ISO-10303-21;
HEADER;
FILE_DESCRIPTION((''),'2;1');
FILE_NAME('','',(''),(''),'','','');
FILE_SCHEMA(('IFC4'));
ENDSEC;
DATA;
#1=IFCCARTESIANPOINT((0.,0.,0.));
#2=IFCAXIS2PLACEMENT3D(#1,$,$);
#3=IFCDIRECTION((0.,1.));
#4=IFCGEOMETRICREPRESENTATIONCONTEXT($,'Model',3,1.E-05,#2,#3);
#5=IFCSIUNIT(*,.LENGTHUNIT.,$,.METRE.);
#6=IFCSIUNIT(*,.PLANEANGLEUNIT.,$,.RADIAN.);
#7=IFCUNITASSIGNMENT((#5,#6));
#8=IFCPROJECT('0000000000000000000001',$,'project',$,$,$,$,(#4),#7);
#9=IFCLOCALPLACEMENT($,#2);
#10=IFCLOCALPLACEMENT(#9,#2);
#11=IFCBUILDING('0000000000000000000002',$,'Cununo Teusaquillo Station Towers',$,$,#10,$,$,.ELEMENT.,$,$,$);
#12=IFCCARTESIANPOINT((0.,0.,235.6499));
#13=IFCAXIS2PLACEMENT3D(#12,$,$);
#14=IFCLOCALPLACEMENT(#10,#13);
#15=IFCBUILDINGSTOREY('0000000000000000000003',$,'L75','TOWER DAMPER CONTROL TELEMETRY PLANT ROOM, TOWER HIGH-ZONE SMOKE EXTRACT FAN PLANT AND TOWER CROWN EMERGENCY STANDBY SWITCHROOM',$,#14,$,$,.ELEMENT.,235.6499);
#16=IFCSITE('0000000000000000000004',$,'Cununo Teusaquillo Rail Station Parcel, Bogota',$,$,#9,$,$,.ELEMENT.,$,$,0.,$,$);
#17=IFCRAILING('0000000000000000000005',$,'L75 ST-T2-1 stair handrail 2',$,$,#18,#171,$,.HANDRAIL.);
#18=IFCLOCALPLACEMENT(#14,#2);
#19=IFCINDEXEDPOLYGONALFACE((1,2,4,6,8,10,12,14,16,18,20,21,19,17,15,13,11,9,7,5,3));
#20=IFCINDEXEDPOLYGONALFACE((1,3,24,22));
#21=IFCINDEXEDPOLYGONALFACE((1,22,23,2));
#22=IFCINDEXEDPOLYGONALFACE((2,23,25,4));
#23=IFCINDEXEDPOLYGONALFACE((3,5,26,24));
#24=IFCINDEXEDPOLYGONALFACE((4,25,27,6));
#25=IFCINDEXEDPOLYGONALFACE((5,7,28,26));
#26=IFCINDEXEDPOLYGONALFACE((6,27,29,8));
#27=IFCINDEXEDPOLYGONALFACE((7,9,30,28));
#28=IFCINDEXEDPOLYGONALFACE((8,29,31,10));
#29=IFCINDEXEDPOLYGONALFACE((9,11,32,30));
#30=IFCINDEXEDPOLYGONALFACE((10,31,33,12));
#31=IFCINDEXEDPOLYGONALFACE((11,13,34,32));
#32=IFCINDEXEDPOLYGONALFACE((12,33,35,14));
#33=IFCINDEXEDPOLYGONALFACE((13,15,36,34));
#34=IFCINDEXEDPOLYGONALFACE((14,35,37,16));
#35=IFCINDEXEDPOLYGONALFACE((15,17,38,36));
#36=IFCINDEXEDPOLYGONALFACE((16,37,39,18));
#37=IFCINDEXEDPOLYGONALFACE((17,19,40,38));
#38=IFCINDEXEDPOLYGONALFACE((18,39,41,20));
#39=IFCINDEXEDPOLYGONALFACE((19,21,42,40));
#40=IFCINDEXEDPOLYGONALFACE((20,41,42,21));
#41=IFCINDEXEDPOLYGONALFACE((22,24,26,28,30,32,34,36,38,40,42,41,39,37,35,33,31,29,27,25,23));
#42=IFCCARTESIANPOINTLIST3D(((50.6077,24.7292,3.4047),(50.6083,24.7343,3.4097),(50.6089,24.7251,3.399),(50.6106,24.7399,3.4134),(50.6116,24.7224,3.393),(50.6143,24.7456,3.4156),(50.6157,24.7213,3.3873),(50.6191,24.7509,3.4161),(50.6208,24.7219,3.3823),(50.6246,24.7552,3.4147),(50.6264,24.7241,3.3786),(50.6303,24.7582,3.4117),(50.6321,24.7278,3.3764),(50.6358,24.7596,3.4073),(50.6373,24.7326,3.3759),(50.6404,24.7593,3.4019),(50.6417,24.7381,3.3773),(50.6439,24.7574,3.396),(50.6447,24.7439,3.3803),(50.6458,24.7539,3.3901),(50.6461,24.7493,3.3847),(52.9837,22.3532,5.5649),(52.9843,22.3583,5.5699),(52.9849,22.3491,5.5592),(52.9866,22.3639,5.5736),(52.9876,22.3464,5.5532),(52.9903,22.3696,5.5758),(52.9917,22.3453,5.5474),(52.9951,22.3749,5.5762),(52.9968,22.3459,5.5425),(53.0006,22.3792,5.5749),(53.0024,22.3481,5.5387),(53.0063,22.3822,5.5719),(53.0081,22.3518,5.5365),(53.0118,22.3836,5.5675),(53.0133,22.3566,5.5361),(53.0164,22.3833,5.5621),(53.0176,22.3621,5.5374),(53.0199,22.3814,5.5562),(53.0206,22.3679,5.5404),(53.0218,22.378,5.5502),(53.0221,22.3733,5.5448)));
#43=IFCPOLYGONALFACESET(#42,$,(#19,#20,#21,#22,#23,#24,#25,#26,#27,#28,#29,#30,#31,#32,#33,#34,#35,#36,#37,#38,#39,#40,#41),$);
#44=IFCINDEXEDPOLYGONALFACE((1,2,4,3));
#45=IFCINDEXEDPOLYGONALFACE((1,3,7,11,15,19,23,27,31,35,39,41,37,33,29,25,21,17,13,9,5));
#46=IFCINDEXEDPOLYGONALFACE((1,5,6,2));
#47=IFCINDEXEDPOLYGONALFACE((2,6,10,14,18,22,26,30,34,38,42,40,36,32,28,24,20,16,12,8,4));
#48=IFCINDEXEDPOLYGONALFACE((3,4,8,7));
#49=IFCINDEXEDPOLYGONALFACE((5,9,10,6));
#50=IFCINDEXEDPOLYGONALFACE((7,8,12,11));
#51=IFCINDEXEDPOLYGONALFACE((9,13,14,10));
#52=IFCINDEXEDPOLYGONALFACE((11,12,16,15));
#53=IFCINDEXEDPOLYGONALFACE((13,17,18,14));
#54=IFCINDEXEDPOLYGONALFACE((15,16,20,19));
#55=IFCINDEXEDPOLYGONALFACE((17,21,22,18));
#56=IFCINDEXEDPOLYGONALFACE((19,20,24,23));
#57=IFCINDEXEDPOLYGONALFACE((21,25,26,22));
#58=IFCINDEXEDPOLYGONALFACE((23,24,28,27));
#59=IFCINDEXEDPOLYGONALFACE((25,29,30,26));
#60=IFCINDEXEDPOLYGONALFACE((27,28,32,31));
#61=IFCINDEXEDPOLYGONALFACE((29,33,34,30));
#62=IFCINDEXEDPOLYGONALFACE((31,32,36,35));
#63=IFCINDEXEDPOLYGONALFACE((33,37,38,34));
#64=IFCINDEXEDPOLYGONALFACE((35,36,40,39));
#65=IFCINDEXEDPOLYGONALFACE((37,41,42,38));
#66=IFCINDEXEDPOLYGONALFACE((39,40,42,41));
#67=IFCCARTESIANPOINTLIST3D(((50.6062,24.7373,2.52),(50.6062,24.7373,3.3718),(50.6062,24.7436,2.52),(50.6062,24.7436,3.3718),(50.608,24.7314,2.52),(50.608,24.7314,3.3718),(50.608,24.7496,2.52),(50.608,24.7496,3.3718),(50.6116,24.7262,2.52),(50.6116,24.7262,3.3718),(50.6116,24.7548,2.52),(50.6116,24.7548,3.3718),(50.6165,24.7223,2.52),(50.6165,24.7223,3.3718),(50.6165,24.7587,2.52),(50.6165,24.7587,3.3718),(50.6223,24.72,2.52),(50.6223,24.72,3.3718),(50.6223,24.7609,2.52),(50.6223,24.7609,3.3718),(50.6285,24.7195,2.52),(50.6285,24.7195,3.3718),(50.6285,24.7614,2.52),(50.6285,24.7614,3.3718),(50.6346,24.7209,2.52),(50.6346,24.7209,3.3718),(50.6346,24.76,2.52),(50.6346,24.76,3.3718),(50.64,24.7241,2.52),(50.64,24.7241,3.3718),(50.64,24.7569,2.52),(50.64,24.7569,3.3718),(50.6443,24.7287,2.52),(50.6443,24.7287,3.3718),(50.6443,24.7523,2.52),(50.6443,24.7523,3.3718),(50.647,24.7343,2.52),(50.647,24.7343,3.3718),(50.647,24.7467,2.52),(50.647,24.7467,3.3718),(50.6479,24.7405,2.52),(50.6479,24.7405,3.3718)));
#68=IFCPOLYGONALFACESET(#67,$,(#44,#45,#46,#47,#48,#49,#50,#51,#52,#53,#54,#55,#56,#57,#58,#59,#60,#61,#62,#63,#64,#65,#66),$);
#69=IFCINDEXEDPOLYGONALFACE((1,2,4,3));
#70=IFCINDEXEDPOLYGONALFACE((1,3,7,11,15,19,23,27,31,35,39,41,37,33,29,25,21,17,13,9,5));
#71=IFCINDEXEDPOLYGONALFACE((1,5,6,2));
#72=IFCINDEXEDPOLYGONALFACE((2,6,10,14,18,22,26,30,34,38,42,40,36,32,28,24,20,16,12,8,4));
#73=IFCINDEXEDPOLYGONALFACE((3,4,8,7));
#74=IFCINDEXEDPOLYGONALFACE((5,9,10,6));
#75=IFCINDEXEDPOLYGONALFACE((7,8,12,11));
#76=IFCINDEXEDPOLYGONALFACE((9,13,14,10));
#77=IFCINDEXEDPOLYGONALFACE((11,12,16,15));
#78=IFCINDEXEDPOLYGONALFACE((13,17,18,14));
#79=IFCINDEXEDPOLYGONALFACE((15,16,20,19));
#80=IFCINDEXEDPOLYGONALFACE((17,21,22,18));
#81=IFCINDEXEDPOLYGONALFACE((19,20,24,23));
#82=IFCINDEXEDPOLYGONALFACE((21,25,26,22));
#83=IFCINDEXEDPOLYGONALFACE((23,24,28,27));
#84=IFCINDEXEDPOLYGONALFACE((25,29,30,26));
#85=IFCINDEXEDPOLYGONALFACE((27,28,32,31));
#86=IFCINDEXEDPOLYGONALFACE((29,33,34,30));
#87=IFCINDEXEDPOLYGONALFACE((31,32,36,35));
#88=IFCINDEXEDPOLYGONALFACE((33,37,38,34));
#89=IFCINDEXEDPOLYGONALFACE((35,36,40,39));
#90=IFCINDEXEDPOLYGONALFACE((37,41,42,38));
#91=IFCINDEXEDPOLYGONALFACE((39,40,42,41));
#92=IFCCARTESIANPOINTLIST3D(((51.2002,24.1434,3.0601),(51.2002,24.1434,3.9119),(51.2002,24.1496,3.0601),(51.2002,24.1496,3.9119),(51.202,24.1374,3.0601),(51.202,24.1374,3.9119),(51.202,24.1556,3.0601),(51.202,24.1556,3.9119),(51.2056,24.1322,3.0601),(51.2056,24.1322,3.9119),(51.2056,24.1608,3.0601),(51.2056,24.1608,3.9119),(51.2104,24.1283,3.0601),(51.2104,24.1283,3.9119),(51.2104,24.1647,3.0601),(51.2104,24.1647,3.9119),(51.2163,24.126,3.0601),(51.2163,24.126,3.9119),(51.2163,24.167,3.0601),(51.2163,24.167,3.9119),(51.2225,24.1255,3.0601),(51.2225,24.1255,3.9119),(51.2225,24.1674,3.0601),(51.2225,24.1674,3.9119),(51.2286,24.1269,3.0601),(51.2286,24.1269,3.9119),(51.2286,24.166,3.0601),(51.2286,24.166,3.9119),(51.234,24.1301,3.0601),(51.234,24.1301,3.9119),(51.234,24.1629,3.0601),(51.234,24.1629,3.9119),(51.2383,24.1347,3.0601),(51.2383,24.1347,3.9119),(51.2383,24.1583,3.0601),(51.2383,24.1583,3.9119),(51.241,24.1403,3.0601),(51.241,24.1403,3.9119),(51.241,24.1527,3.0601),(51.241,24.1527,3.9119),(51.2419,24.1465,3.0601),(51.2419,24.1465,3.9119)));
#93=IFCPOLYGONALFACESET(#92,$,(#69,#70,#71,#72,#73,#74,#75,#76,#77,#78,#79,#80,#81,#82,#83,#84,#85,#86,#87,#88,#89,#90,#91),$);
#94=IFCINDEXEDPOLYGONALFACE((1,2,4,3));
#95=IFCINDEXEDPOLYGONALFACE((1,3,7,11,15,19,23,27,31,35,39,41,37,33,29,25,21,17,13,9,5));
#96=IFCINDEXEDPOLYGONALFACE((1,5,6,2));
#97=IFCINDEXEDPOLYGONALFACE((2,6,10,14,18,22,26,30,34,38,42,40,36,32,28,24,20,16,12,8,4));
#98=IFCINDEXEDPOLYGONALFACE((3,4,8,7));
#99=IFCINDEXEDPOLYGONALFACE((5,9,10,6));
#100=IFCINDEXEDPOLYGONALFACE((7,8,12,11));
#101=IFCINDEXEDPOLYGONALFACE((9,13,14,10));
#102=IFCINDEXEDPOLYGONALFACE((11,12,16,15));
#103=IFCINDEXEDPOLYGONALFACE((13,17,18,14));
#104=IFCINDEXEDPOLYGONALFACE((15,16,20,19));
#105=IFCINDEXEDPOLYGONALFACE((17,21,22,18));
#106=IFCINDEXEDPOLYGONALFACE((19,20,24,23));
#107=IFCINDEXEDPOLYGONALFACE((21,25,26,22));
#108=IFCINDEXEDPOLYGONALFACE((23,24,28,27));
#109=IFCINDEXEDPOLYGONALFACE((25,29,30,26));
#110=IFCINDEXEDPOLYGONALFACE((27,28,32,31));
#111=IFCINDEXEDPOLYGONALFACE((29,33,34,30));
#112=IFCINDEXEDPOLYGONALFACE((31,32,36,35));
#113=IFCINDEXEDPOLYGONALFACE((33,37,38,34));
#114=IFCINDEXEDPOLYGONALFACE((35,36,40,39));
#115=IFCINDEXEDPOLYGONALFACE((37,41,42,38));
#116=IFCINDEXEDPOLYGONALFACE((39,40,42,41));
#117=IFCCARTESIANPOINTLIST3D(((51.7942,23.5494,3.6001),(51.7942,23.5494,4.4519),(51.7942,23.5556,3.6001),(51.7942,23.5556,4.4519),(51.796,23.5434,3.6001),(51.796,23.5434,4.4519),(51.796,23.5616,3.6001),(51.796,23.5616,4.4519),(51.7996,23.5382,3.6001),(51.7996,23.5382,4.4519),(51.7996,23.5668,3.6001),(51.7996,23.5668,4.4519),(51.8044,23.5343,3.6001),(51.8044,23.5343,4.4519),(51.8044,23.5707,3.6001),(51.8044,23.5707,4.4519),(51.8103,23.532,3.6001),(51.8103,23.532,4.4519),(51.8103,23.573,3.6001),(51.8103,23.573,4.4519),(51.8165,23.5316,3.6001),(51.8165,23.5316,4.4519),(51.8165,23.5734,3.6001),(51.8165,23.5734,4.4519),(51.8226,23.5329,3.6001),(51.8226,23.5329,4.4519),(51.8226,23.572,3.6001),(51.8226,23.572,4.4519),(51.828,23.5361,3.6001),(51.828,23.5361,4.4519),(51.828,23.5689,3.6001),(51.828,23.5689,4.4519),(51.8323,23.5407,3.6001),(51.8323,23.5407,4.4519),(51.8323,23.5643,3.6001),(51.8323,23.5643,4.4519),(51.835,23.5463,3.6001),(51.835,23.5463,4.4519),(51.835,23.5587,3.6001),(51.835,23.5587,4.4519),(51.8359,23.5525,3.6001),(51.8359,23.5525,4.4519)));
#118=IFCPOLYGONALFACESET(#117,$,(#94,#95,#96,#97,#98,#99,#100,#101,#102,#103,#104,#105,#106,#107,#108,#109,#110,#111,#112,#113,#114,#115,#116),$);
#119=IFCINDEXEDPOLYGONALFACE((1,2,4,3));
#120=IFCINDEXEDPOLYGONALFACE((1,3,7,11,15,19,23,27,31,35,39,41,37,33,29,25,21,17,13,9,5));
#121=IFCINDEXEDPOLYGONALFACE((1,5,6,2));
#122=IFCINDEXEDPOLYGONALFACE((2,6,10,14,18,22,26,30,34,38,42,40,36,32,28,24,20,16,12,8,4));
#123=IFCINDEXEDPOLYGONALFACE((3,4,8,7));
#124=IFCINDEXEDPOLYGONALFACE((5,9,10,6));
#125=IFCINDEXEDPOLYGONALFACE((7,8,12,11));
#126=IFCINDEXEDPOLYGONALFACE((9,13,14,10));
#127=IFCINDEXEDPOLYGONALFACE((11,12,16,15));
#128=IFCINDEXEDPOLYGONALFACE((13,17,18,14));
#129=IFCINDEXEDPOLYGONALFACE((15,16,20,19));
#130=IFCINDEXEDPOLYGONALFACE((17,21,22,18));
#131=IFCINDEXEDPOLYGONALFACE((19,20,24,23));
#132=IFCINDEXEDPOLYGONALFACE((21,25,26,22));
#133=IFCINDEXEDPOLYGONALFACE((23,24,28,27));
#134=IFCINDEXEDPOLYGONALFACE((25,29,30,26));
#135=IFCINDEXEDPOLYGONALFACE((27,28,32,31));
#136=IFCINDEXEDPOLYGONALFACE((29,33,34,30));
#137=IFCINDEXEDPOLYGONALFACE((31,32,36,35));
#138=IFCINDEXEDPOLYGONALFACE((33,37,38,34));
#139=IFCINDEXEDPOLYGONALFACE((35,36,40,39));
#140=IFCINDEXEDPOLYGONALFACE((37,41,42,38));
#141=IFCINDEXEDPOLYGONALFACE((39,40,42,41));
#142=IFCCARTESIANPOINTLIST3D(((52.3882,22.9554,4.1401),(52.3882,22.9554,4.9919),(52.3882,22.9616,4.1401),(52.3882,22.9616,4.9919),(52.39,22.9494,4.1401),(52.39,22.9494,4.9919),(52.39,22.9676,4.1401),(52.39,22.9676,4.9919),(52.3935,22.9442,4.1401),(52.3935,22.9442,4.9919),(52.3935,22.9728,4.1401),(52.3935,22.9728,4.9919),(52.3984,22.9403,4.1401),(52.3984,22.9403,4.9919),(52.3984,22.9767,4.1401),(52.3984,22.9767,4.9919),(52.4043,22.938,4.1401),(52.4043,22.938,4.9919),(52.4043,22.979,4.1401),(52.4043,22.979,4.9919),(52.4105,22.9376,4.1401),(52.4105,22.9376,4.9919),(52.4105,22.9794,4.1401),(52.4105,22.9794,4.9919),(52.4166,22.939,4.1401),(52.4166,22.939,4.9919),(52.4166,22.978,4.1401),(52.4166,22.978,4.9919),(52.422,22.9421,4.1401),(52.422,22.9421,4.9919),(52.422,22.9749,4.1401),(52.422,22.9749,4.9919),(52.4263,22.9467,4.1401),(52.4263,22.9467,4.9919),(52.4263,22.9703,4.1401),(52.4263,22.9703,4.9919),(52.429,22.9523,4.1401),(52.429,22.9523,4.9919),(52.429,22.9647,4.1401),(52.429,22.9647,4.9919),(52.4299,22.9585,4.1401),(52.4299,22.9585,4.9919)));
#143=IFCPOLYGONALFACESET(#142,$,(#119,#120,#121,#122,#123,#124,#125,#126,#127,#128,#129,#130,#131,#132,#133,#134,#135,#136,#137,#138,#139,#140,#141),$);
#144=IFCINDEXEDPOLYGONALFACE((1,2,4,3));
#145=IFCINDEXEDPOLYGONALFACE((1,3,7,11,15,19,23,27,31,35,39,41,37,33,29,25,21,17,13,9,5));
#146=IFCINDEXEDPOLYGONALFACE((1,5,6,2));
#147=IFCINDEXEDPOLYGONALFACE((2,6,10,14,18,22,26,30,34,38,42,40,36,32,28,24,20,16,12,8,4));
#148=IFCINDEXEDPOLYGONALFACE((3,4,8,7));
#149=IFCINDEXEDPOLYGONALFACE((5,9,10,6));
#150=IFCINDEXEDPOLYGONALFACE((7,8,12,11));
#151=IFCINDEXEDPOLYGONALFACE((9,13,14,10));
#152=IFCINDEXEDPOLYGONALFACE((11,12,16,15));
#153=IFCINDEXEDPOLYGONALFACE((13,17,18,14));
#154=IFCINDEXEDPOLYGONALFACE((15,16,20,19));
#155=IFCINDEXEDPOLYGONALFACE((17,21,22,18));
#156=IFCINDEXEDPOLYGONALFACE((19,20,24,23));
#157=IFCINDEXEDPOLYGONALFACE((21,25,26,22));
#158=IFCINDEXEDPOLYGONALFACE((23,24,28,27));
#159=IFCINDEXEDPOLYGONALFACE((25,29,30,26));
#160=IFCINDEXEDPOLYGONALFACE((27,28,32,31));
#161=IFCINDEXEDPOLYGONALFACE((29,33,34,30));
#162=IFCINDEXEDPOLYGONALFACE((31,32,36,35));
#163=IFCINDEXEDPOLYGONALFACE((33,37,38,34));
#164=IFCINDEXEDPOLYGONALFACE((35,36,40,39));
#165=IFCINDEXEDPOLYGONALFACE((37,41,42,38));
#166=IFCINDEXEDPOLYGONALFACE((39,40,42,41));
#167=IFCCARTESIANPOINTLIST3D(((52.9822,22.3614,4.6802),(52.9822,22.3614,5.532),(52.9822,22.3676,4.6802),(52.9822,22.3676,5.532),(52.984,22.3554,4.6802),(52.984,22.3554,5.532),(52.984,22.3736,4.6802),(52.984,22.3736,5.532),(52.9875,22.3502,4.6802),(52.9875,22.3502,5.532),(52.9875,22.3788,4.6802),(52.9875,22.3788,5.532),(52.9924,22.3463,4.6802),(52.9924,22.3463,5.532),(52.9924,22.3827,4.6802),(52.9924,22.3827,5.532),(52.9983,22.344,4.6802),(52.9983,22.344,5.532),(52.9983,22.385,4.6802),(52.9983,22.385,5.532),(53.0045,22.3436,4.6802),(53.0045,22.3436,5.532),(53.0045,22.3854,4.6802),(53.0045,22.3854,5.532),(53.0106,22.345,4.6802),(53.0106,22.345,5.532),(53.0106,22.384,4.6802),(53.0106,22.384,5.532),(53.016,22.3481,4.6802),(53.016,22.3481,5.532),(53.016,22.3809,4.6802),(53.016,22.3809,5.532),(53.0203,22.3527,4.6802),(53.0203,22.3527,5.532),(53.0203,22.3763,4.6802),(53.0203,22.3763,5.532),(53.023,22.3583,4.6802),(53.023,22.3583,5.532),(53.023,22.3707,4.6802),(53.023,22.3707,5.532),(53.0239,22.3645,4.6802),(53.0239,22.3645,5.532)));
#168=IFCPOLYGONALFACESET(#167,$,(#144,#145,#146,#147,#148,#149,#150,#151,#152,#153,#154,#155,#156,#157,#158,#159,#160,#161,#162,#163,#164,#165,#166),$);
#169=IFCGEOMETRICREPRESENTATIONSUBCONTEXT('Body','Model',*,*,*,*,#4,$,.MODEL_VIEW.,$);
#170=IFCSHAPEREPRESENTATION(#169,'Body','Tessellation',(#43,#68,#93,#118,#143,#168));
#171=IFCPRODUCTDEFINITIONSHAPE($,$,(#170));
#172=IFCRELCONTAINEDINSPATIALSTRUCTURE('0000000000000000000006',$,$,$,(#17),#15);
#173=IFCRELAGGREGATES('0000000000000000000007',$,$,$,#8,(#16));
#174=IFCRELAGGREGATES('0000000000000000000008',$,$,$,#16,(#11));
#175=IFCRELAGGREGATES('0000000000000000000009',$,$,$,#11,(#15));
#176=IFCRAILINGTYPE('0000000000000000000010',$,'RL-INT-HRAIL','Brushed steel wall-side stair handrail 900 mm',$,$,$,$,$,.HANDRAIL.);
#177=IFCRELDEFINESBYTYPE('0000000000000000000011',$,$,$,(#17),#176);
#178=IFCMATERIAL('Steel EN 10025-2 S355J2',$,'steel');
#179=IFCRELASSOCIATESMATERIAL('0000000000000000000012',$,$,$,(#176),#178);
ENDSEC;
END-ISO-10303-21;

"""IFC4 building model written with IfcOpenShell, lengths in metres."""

from ifc_helpers import new_model, si_unit, direction, frame, origin, origin_2d, place, context, subcontext, project, spatial, circle, extrude, material, type_object, element, save


model = new_model("IFC4")

# Units and contexts
model_context = context("Model", 3, precision=1e-05, world=origin(), true_north=direction((0.0, 1.0)))
body_context = subcontext(model_context, "Body", "Model", "MODEL_VIEW")
ifc_project = project(units=[si_unit("LENGTHUNIT", "METRE"), si_unit("PLANEANGLEUNIT", "RADIAN")], contexts=[model_context])

# Site, building, storey
site_placement = place(None, origin())
site = spatial("IfcSite", under=ifc_project, at=site_placement, Name="Cununo Teusaquillo Rail Station Parcel, Bogota", CompositionType="ELEMENT", RefElevation=0.0)
building_placement = place(site_placement, origin())
building = spatial("IfcBuilding", under=site, at=building_placement, Name="Cununo Teusaquillo Station Towers", CompositionType="ELEMENT")
storey_placement = place(building_placement, frame((0.0, 0.0, 235.6499)))
storey = spatial("IfcBuildingStorey", under=building, at=storey_placement, Name="L75", Description="TOWER DAMPER CONTROL TELEMETRY PLANT ROOM, TOWER HIGH-ZONE SMOKE EXTRACT FAN PLANT AND TOWER CROWN EMERGENCY STANDBY SWITCHROOM", CompositionType="ELEMENT", Elevation=235.6499)

# Railing
ifc_material_1 = material(Name="Steel EN 10025-2 S355J2", Category="steel")
railing_type_1 = type_object("IfcRailingType", Name="RL-INT-HRAIL", Description="Brushed steel wall-side stair handrail 900 mm", PredefinedType="HANDRAIL", material=ifc_material_1)
railing_1_placement = place(storey_placement, frame((50.627, 24.7405, 2.52)))
element("IfcRailing", 1, at=railing_1_placement, inside=storey, type_object=railing_type_1, Name="L75 ST-T2-1 stair handrail 2", PredefinedType="HANDRAIL", context=body_context, shape_type="SweptSolid", body=[
    extrude(circle(Radius=0.0239, at=origin_2d()), frame((0.0, 0.0, 0.876), z_axis=(0.594798, -0.594798, 0.54077), x_axis=(0.707107, 0.707107, 0.0)), (0.0, 0.0, 1.0), 3.9946),
    extrude(circle(Radius=0.021, at=origin_2d()), origin(), (0.0, 0.0, 1.0), 0.8518),
    extrude(circle(Radius=0.021, at=origin_2d()), frame((0.594, -0.594, 0.54)), (0.0, 0.0, 1.0), 0.8518),
    extrude(circle(Radius=0.021, at=origin_2d()), frame((1.188, -1.188, 1.0801)), (0.0, 0.0, 1.0), 0.8518),
    extrude(circle(Radius=0.021, at=origin_2d()), frame((1.782, -1.782, 1.6201)), (0.0, 0.0, 1.0), 0.8518),
    extrude(circle(Radius=0.021, at=origin_2d()), frame((2.376, -2.376, 2.1602)), (0.0, 0.0, 1.0), 0.8518),
])

save(model, "model.ifc")
